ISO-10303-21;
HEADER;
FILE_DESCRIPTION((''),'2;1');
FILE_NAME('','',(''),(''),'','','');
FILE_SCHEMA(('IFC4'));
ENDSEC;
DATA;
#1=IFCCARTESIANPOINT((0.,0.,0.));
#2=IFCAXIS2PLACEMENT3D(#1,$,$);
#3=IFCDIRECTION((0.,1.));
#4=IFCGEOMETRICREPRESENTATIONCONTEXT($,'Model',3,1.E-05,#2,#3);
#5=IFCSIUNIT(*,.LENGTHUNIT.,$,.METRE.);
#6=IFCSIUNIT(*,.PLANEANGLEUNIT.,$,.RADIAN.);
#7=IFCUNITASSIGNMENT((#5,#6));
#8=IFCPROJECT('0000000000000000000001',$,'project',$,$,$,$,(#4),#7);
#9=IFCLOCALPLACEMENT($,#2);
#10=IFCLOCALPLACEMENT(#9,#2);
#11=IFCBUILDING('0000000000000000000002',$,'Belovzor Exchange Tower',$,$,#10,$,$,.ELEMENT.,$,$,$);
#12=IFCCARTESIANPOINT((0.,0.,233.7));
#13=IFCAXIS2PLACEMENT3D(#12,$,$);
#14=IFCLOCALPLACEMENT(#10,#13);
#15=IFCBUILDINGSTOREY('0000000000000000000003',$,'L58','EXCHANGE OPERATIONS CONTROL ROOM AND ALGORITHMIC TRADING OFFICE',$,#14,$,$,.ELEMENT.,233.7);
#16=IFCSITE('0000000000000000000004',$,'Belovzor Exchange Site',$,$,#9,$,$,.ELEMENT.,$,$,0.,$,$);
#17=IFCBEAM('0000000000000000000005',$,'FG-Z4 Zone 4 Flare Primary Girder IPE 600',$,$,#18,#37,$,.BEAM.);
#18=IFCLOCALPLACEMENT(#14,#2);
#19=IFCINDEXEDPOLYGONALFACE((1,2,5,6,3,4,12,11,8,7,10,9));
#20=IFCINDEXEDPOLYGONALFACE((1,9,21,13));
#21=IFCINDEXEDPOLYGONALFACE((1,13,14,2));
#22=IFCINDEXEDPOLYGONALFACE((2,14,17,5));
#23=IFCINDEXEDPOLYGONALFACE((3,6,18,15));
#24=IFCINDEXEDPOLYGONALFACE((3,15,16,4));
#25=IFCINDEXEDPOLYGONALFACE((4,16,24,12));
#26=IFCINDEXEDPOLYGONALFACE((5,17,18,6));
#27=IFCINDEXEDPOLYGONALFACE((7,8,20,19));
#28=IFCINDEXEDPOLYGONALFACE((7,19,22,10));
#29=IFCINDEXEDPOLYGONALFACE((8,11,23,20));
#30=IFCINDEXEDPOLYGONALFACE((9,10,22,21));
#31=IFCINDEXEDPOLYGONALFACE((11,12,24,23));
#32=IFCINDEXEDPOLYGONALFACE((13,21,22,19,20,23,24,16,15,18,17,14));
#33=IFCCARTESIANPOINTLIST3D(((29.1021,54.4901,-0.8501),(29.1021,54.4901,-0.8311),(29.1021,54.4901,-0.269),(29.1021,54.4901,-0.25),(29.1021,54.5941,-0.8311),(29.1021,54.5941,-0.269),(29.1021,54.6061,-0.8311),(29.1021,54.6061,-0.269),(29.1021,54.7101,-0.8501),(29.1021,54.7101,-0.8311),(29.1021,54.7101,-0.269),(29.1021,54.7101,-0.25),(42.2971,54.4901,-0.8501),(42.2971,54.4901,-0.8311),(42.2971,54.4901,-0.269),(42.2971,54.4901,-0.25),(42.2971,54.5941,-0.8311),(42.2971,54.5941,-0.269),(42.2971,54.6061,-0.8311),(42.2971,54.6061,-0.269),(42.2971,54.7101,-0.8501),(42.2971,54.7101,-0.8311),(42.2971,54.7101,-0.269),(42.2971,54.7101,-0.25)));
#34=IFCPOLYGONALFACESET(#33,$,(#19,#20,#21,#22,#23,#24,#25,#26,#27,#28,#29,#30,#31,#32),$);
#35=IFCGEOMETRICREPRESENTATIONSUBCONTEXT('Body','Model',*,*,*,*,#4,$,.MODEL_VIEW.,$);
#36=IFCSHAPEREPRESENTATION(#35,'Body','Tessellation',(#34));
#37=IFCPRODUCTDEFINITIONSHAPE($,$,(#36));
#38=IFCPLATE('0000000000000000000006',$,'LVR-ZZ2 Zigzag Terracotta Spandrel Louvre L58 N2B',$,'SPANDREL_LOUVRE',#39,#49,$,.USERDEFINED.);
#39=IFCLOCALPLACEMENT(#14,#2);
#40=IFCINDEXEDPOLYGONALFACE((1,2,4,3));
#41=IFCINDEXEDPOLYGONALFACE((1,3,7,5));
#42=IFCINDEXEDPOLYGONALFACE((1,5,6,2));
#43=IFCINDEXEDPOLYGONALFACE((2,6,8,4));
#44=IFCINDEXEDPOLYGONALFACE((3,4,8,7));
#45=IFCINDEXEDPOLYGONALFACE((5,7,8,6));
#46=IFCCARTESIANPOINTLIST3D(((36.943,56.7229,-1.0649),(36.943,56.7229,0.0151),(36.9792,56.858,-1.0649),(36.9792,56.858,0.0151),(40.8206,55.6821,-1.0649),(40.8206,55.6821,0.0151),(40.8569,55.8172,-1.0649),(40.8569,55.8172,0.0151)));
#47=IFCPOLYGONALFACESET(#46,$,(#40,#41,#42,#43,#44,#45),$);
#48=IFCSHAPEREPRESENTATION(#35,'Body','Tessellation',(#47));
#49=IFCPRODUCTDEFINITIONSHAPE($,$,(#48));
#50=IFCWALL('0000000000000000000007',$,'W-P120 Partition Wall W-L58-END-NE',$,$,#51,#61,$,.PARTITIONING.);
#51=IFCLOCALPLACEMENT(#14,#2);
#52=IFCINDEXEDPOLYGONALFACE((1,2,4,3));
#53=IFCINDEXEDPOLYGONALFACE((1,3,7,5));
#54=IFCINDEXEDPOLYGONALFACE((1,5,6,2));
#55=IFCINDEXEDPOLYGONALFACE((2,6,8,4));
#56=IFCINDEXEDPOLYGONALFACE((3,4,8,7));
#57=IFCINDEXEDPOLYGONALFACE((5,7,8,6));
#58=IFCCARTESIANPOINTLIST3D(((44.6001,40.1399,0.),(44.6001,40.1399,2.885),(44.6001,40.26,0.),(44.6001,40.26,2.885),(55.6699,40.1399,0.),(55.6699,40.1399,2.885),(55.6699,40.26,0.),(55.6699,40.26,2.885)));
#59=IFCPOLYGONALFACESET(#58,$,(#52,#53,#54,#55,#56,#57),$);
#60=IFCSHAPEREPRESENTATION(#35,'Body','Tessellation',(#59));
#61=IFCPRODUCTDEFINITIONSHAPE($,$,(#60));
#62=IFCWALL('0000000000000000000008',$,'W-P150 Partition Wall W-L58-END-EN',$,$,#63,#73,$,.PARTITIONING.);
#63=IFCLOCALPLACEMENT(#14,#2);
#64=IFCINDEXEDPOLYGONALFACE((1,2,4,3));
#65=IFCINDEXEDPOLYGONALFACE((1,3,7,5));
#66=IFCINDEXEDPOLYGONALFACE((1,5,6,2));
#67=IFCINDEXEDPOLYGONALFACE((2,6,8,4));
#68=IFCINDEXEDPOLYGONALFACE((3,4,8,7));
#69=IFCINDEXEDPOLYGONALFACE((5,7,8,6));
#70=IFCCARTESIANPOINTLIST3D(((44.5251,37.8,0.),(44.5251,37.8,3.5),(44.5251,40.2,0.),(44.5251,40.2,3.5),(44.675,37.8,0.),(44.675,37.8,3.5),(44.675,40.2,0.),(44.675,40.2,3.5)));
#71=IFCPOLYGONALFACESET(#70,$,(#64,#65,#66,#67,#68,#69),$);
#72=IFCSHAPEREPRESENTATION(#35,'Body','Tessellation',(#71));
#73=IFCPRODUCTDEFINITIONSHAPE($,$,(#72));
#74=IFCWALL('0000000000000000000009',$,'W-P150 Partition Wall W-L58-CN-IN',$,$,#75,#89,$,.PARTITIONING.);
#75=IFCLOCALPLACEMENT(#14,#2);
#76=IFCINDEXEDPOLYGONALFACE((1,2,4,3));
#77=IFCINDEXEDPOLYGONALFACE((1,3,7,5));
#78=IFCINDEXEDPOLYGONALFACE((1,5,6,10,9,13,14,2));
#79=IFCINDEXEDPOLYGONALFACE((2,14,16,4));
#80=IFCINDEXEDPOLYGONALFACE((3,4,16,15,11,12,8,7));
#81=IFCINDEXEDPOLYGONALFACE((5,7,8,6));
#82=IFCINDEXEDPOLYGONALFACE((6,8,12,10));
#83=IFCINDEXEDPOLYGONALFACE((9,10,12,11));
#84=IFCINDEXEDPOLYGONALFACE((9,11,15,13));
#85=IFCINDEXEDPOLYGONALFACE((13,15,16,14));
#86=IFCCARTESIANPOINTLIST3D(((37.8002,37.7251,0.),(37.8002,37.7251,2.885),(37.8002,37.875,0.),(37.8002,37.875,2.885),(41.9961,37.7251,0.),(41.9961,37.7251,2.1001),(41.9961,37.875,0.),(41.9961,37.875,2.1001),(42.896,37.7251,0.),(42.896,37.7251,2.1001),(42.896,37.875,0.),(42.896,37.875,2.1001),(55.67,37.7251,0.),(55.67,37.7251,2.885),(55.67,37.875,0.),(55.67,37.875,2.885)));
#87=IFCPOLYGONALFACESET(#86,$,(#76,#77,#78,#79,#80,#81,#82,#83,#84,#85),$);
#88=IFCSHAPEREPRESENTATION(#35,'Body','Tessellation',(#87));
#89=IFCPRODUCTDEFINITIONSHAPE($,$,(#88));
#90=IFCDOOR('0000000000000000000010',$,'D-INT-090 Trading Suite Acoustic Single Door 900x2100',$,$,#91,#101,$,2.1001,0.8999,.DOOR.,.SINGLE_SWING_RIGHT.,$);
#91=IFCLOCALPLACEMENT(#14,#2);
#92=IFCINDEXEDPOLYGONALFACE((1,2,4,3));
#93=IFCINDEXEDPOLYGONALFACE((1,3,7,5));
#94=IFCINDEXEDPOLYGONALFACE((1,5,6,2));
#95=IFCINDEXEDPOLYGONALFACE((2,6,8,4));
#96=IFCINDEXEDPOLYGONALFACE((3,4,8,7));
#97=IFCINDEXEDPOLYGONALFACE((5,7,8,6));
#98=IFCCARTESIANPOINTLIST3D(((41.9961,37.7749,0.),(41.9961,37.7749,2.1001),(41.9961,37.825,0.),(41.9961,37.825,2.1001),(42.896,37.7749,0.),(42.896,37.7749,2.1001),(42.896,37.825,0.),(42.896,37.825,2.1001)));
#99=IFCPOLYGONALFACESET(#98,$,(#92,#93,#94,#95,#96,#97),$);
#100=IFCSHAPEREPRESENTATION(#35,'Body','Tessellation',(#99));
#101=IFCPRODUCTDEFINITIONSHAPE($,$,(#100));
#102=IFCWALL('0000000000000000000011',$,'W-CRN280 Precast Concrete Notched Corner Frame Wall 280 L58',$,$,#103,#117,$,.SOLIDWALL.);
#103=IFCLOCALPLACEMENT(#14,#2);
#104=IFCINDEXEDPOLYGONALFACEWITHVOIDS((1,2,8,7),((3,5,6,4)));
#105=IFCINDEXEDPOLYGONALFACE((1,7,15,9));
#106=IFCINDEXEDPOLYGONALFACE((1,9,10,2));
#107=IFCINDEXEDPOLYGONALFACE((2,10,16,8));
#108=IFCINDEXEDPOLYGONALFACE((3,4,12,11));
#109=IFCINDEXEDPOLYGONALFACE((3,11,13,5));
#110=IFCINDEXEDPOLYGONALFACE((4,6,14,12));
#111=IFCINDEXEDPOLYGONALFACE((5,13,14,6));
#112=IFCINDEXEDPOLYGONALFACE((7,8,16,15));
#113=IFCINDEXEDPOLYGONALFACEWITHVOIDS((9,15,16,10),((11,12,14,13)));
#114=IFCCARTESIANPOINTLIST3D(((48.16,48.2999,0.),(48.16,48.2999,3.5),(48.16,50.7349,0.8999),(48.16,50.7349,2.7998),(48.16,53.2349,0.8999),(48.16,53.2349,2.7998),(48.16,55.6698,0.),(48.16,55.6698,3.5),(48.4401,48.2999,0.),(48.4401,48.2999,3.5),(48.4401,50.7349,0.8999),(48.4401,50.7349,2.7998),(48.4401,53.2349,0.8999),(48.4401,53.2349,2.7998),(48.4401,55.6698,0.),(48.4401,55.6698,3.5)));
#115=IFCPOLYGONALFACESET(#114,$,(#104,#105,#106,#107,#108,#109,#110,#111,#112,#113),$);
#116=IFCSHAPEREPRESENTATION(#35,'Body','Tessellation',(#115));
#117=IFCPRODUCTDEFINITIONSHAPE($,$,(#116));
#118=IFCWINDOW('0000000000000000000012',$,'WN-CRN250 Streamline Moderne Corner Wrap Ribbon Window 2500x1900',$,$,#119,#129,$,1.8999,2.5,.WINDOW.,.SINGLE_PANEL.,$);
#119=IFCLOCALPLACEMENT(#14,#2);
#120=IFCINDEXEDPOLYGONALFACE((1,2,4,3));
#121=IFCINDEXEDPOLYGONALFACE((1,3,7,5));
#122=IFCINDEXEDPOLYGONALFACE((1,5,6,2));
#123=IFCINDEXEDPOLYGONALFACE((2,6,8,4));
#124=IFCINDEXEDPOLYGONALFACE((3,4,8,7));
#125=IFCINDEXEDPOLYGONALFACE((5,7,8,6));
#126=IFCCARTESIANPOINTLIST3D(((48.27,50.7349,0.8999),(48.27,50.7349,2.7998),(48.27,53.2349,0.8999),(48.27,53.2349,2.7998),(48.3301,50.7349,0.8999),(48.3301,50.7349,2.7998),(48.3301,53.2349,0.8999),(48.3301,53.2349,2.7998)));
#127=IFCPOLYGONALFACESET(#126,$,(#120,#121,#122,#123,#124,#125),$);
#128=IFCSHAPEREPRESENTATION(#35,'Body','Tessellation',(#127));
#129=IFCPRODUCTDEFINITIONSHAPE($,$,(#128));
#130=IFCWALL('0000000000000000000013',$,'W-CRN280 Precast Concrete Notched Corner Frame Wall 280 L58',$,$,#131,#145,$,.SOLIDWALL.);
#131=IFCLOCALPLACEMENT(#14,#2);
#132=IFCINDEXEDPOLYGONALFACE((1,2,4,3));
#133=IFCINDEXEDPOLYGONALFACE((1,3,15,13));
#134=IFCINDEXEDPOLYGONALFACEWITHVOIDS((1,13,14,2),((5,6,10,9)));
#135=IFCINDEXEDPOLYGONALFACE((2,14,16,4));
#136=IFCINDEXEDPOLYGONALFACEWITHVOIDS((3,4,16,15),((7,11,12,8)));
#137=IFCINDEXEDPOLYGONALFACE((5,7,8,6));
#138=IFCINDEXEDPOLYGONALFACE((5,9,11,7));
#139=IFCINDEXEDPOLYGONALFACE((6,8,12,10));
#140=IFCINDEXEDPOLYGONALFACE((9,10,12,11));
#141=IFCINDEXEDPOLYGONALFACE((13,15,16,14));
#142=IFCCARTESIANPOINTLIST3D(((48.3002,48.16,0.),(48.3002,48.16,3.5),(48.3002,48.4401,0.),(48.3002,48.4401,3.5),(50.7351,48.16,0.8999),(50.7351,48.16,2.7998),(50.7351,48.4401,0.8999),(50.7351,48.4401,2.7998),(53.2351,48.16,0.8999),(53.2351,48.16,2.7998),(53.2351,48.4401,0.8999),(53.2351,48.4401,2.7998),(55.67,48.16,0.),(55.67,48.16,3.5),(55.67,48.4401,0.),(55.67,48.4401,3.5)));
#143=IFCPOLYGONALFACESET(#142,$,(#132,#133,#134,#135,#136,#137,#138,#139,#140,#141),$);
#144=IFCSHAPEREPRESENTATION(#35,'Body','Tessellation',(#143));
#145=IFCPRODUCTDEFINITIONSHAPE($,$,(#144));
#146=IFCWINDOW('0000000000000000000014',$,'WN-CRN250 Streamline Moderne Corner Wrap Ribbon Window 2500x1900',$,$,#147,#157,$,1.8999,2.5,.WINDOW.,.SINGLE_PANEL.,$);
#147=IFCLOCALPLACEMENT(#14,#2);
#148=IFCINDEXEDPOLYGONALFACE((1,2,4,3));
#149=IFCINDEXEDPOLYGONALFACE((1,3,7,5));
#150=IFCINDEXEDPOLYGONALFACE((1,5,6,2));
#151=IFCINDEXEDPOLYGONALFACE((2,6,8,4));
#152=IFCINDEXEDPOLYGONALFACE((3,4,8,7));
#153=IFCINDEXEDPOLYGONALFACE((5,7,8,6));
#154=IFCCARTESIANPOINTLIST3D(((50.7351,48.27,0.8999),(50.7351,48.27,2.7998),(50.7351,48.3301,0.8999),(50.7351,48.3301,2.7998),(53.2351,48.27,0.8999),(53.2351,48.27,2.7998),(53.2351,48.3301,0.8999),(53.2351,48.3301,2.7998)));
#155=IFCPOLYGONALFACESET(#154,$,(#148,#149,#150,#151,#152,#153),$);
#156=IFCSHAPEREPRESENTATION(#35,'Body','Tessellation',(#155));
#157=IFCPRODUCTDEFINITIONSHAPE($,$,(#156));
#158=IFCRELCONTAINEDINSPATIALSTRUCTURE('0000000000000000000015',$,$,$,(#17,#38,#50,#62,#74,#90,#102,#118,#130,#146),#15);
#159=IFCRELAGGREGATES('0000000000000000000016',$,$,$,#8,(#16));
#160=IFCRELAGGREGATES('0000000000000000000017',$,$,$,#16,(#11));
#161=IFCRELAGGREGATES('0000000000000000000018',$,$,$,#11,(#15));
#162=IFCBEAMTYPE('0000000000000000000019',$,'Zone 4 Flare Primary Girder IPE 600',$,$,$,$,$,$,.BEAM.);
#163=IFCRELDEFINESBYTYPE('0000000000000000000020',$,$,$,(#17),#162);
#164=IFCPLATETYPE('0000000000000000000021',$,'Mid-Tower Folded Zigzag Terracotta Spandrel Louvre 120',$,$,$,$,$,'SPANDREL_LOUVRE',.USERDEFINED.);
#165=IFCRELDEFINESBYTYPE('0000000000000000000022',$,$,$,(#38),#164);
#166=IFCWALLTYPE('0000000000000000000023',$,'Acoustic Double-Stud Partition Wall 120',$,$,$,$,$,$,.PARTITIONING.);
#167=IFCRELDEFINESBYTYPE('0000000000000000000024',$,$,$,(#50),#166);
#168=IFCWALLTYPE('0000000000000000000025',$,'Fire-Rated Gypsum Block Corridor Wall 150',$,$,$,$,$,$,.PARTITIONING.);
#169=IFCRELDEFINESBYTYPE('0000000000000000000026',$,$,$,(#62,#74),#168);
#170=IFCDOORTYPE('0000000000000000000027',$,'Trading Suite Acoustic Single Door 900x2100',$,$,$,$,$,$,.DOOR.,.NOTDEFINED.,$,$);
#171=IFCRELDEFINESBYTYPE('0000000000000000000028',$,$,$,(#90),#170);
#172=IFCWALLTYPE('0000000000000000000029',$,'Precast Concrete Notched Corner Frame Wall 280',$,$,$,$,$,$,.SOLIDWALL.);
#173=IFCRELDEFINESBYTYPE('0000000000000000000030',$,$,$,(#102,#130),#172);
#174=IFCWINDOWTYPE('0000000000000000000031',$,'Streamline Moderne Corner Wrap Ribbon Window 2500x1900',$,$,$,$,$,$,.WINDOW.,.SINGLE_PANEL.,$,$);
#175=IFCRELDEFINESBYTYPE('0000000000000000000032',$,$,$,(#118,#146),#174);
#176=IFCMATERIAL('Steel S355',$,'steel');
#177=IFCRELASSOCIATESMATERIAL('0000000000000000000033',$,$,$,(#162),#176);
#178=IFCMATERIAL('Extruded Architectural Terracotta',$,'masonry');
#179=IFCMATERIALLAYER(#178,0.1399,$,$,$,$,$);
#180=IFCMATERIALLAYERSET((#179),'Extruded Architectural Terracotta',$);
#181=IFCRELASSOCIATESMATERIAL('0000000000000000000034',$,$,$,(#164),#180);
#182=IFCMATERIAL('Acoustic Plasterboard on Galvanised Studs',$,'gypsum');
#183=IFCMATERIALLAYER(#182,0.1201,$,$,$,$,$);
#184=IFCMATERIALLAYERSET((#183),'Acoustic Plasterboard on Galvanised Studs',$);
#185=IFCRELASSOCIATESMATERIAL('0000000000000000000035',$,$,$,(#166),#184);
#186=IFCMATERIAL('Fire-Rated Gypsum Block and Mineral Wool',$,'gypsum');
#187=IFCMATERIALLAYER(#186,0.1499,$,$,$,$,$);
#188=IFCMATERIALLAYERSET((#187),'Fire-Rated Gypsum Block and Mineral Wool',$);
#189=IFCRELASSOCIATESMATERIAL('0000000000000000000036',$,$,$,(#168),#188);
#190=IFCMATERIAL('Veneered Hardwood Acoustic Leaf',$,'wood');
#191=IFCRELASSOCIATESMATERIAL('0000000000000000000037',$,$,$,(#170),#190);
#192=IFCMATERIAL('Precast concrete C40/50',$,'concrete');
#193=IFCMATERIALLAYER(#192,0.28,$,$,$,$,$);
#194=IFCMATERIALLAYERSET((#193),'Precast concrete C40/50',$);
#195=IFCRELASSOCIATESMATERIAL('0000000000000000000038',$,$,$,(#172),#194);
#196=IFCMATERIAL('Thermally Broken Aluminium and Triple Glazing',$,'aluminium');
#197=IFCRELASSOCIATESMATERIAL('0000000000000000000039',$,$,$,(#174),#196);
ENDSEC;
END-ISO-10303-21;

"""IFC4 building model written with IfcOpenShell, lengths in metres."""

from ifc_helpers import new_model, si_unit, direction, frame, frame_2d, origin, origin_2d, place, context, subcontext, project, spatial, rectangle, i_section, extrude, material, layer, layer_set, material_profile, profile_set, type_object, element, fill, save


model = new_model("IFC4")

# Units and contexts
model_context = context("Model", 3, precision=1e-05, world=origin(), true_north=direction((0.0, 1.0)))
body_context = subcontext(model_context, "Body", "Model", "MODEL_VIEW")
ifc_project = project(units=[si_unit("LENGTHUNIT", "METRE"), si_unit("PLANEANGLEUNIT", "RADIAN")], contexts=[model_context])

# Site, building, storey
site_placement = place(None, origin())
site = spatial("IfcSite", under=ifc_project, at=site_placement, Name="Belovzor Exchange Site", CompositionType="ELEMENT", RefElevation=0.0)
building_placement = place(site_placement, origin())
building = spatial("IfcBuilding", under=site, at=building_placement, Name="Belovzor Exchange Tower", CompositionType="ELEMENT")
storey_placement = place(building_placement, frame((0.0, 0.0, 233.7)))
storey = spatial("IfcBuildingStorey", under=building, at=storey_placement, Name="L58", Description="EXCHANGE OPERATIONS CONTROL ROOM AND ALGORITHMIC TRADING OFFICE", CompositionType="ELEMENT", Elevation=233.7)

# Beam
ifc_material_1 = material(Name="Steel S355", Category="steel")
ifc_material_profile_1 = material_profile(ifc_material_1, i_section(OverallWidth=0.22, OverallDepth=0.6001, WebThickness=0.012, FlangeThickness=0.019, at=origin_2d()))
ifc_profile_set_1 = profile_set([ifc_material_profile_1], Name="Steel S355")
beam_type_1 = type_object("IfcBeamType", Name="Zone 4 Flare Primary Girder IPE 600", PredefinedType="BEAM", material=ifc_profile_set_1)
beam_1_placement = place(storey_placement, frame((42.2971, 54.6001, -0.55), z_axis=(-1.0, 0.0, 0.0), x_axis=(0.0, -1.0, 0.0)))
element("IfcBeam", 1, at=beam_1_placement, inside=storey, type_object=beam_type_1, Name="FG-Z4 Zone 4 Flare Primary Girder IPE 600", PredefinedType="BEAM", context=body_context, shape_type="SweptSolid", body=[
    extrude(i_section(OverallWidth=0.22, OverallDepth=0.6001, WebThickness=0.012, FlangeThickness=0.019, at=origin_2d()), origin(), (0.0, 0.0, 1.0), 13.1951),
])

# Plate
ifc_material_2 = material(Name="Extruded Architectural Terracotta", Category="masonry")
ifc_layer_1 = layer(ifc_material_2, 0.1399)
ifc_layer_set_1 = layer_set([ifc_layer_1], Name="Extruded Architectural Terracotta")
plate_type = type_object("IfcPlateType", Name="Mid-Tower Folded Zigzag Terracotta Spandrel Louvre 120", ElementType="SPANDREL_LOUVRE", PredefinedType="USERDEFINED", material=ifc_layer_set_1)
plate_placement = place(storey_placement, frame((38.8999, 56.27, -1.0649), z_axis=(0.0, 0.0, 1.0), x_axis=(0.965813, -0.25924, 0.0)))
element("IfcPlate", 2, at=plate_placement, inside=storey, type_object=plate_type, Name="LVR-ZZ2 Zigzag Terracotta Spandrel Louvre L58 N2B", ObjectType="SPANDREL_LOUVRE", PredefinedType="USERDEFINED", context=body_context, shape_type="SweptSolid", body=[
    extrude(rectangle(XDim=4.0149, YDim=0.1399, at=origin_2d()), origin(), (0.0, 0.0, 1.0), 1.0801),
])

# Walls
ifc_material_3 = material(Name="Acoustic Plasterboard on Galvanised Studs", Category="gypsum")
ifc_layer_2 = layer(ifc_material_3, 0.1201)
ifc_layer_set_2 = layer_set([ifc_layer_2], Name="Acoustic Plasterboard on Galvanised Studs")
wall_type_1 = type_object("IfcWallType", Name="Acoustic Double-Stud Partition Wall 120", PredefinedType="PARTITIONING", material=ifc_layer_set_2)
wall_1_placement = place(storey_placement, frame((44.6001, 40.2, 0.0), z_axis=(0.0, 0.0, 1.0), x_axis=(1.0, 0.0, 0.0)))
element("IfcWall", 3, at=wall_1_placement, inside=storey, type_object=wall_type_1, Name="W-P120 Partition Wall W-L58-END-NE", PredefinedType="PARTITIONING", context=body_context, shape_type="SweptSolid", body=[
    extrude(rectangle(XDim=11.0698, YDim=0.1201, at=frame_2d((5.5349, 0.0))), origin(), (0.0, 0.0, 1.0), 2.885),
])
ifc_material_4 = material(Name="Fire-Rated Gypsum Block and Mineral Wool", Category="gypsum")
ifc_layer_3 = layer(ifc_material_4, 0.1499)
ifc_layer_set_3 = layer_set([ifc_layer_3], Name="Fire-Rated Gypsum Block and Mineral Wool")
wall_type_2 = type_object("IfcWallType", Name="Fire-Rated Gypsum Block Corridor Wall 150", PredefinedType="PARTITIONING", material=ifc_layer_set_3)
wall_2_placement = place(storey_placement, frame((44.6001, 37.8, 0.0), z_axis=(0.0, 0.0, 1.0), x_axis=(0.0, 1.0, 0.0)))
element("IfcWall", 4, at=wall_2_placement, inside=storey, type_object=wall_type_2, Name="W-P150 Partition Wall W-L58-END-EN", PredefinedType="PARTITIONING", context=body_context, shape_type="SweptSolid", body=[
    extrude(rectangle(XDim=2.3999, YDim=0.1499, at=frame_2d((1.2, 0.0))), origin(), (0.0, 0.0, 1.0), 3.5),
])

# Wall, opening, door
wall_3_placement = place(storey_placement, frame((37.8, 37.8, 0.0), z_axis=(0.0, 0.0, 1.0), x_axis=(1.0, 0.0, 0.0)))
wall_3 = element("IfcWall", 5, at=wall_3_placement, inside=storey, type_object=wall_type_2, Name="W-P150 Partition Wall W-L58-CN-IN", PredefinedType="PARTITIONING", context=body_context, shape_type="SweptSolid", body=[
    extrude(rectangle(XDim=17.8699, YDim=0.1499, at=frame_2d((8.9351, 0.0))), origin(), (0.0, 0.0, 1.0), 2.885),
])
opening_1_placement = place(wall_3_placement, frame((4.196, 0.0, 0.0)))
opening_1 = element("IfcOpeningElement", 6, at=opening_1_placement, cuts=wall_3, PredefinedType="OPENING", context=body_context, shape_type="SweptSolid", body=[
    extrude(rectangle(XDim=0.8999, YDim=2.1001, at=frame_2d((0.45, 1.05))), frame((0.0, 0.085, 0.0), z_axis=(0.0, -1.0, 0.0), x_axis=(1.0, 0.0, 0.0)), (0.0, 0.0, 1.0), 0.1699),
])
ifc_material_5 = material(Name="Veneered Hardwood Acoustic Leaf", Category="wood")
door_type_1 = type_object("IfcDoorType", Name="Trading Suite Acoustic Single Door 900x2100", OperationType="NOTDEFINED", PredefinedType="DOOR", material=ifc_material_5)
door_1_placement = place(opening_1_placement, origin())
door_1 = element("IfcDoor", 7, at=door_1_placement, inside=storey, type_object=door_type_1, Name="D-INT-090 Trading Suite Acoustic Single Door 900x2100", OperationType="SINGLE_SWING_RIGHT", OverallHeight=2.1001, OverallWidth=0.8999, PredefinedType="DOOR", context=body_context, shape_type="SweptSolid", body=[
    extrude(rectangle(XDim=0.8999, YDim=2.1001, at=frame_2d((0.45, 1.05))), frame((0.0, 0.0249, 0.0), z_axis=(0.0, -1.0, 0.0), x_axis=(1.0, 0.0, 0.0)), (0.0, 0.0, 1.0), 0.05),
])
fill(opening_1, door_1)

# Walls, openings, windows
ifc_material_6 = material(Name="Precast concrete C40/50", Category="concrete")
ifc_layer_4 = layer(ifc_material_6, 0.28)
ifc_layer_set_4 = layer_set([ifc_layer_4], Name="Precast concrete C40/50")
wall_type_3 = type_object("IfcWallType", Name="Precast Concrete Notched Corner Frame Wall 280", PredefinedType="SOLIDWALL", material=ifc_layer_set_4)
wall_4_placement = place(storey_placement, frame((48.3, 55.6699, 0.0), z_axis=(0.0, 0.0, 1.0), x_axis=(0.0, -1.0, 0.0)))
wall_4 = element("IfcWall", 8, at=wall_4_placement, inside=storey, type_object=wall_type_3, Name="W-CRN280 Precast Concrete Notched Corner Frame Wall 280 L58", PredefinedType="SOLIDWALL", context=body_context, shape_type="SweptSolid", body=[
    extrude(rectangle(XDim=7.3699, YDim=0.28, at=frame_2d((3.6851, 0.0))), origin(), (0.0, 0.0, 1.0), 3.5),
])
opening_2_placement = place(wall_4_placement, frame((2.4351, 0.0, 0.8999)))
opening_2 = element("IfcOpeningElement", 9, at=opening_2_placement, cuts=wall_4, PredefinedType="OPENING", context=body_context, shape_type="SweptSolid", body=[
    extrude(rectangle(XDim=2.5, YDim=1.8999, at=frame_2d((1.25, 0.95))), frame((0.0, 0.1499, 0.0), z_axis=(0.0, -1.0, 0.0), x_axis=(1.0, 0.0, 0.0)), (0.0, 0.0, 1.0), 0.3),
])
ifc_material_7 = material(Name="Thermally Broken Aluminium and Triple Glazing", Category="aluminium")
window_type = type_object("IfcWindowType", Name="Streamline Moderne Corner Wrap Ribbon Window 2500x1900", PartitioningType="SINGLE_PANEL", PredefinedType="WINDOW", material=ifc_material_7)
window_1_placement = place(opening_2_placement, origin())
window_1 = element("IfcWindow", 10, at=window_1_placement, inside=storey, type_object=window_type, Name="WN-CRN250 Streamline Moderne Corner Wrap Ribbon Window 2500x1900", OverallHeight=1.8999, OverallWidth=2.5, PartitioningType="SINGLE_PANEL", PredefinedType="WINDOW", context=body_context, shape_type="SweptSolid", body=[
    extrude(rectangle(XDim=2.5, YDim=1.8999, at=frame_2d((1.25, 0.95))), frame((0.0, 0.03, 0.0), z_axis=(0.0, -1.0, 0.0), x_axis=(1.0, 0.0, 0.0)), (0.0, 0.0, 1.0), 0.0601),
])
fill(opening_2, window_1)
wall_5_placement = place(storey_placement, frame((48.3, 48.3, 0.0), z_axis=(0.0, 0.0, 1.0), x_axis=(1.0, 0.0, 0.0)))
wall_5 = element("IfcWall", 11, at=wall_5_placement, inside=storey, type_object=wall_type_3, Name="W-CRN280 Precast Concrete Notched Corner Frame Wall 280 L58", PredefinedType="SOLIDWALL", context=body_context, shape_type="SweptSolid", body=[
    extrude(rectangle(XDim=7.3699, YDim=0.28, at=frame_2d((3.6851, 0.0))), origin(), (0.0, 0.0, 1.0), 3.5),
])
opening_3_placement = place(wall_5_placement, frame((2.4351, 0.0, 0.8999)))
opening_3 = element("IfcOpeningElement", 12, at=opening_3_placement, cuts=wall_5, PredefinedType="OPENING", context=body_context, shape_type="SweptSolid", body=[
    extrude(rectangle(XDim=2.5, YDim=1.8999, at=frame_2d((1.25, 0.95))), frame((0.0, 0.1499, 0.0), z_axis=(0.0, -1.0, 0.0), x_axis=(1.0, 0.0, 0.0)), (0.0, 0.0, 1.0), 0.3),
])
window_2_placement = place(opening_3_placement, origin())
window_2 = element("IfcWindow", 13, at=window_2_placement, inside=storey, type_object=window_type, Name="WN-CRN250 Streamline Moderne Corner Wrap Ribbon Window 2500x1900", OverallHeight=1.8999, OverallWidth=2.5, PartitioningType="SINGLE_PANEL", PredefinedType="WINDOW", context=body_context, shape_type="SweptSolid", body=[
    extrude(rectangle(XDim=2.5, YDim=1.8999, at=frame_2d((1.25, 0.95))), frame((0.0, 0.03, 0.0), z_axis=(0.0, -1.0, 0.0), x_axis=(1.0, 0.0, 0.0)), (0.0, 0.0, 1.0), 0.0601),
])
fill(opening_3, window_2)

save(model, "model.ifc")
